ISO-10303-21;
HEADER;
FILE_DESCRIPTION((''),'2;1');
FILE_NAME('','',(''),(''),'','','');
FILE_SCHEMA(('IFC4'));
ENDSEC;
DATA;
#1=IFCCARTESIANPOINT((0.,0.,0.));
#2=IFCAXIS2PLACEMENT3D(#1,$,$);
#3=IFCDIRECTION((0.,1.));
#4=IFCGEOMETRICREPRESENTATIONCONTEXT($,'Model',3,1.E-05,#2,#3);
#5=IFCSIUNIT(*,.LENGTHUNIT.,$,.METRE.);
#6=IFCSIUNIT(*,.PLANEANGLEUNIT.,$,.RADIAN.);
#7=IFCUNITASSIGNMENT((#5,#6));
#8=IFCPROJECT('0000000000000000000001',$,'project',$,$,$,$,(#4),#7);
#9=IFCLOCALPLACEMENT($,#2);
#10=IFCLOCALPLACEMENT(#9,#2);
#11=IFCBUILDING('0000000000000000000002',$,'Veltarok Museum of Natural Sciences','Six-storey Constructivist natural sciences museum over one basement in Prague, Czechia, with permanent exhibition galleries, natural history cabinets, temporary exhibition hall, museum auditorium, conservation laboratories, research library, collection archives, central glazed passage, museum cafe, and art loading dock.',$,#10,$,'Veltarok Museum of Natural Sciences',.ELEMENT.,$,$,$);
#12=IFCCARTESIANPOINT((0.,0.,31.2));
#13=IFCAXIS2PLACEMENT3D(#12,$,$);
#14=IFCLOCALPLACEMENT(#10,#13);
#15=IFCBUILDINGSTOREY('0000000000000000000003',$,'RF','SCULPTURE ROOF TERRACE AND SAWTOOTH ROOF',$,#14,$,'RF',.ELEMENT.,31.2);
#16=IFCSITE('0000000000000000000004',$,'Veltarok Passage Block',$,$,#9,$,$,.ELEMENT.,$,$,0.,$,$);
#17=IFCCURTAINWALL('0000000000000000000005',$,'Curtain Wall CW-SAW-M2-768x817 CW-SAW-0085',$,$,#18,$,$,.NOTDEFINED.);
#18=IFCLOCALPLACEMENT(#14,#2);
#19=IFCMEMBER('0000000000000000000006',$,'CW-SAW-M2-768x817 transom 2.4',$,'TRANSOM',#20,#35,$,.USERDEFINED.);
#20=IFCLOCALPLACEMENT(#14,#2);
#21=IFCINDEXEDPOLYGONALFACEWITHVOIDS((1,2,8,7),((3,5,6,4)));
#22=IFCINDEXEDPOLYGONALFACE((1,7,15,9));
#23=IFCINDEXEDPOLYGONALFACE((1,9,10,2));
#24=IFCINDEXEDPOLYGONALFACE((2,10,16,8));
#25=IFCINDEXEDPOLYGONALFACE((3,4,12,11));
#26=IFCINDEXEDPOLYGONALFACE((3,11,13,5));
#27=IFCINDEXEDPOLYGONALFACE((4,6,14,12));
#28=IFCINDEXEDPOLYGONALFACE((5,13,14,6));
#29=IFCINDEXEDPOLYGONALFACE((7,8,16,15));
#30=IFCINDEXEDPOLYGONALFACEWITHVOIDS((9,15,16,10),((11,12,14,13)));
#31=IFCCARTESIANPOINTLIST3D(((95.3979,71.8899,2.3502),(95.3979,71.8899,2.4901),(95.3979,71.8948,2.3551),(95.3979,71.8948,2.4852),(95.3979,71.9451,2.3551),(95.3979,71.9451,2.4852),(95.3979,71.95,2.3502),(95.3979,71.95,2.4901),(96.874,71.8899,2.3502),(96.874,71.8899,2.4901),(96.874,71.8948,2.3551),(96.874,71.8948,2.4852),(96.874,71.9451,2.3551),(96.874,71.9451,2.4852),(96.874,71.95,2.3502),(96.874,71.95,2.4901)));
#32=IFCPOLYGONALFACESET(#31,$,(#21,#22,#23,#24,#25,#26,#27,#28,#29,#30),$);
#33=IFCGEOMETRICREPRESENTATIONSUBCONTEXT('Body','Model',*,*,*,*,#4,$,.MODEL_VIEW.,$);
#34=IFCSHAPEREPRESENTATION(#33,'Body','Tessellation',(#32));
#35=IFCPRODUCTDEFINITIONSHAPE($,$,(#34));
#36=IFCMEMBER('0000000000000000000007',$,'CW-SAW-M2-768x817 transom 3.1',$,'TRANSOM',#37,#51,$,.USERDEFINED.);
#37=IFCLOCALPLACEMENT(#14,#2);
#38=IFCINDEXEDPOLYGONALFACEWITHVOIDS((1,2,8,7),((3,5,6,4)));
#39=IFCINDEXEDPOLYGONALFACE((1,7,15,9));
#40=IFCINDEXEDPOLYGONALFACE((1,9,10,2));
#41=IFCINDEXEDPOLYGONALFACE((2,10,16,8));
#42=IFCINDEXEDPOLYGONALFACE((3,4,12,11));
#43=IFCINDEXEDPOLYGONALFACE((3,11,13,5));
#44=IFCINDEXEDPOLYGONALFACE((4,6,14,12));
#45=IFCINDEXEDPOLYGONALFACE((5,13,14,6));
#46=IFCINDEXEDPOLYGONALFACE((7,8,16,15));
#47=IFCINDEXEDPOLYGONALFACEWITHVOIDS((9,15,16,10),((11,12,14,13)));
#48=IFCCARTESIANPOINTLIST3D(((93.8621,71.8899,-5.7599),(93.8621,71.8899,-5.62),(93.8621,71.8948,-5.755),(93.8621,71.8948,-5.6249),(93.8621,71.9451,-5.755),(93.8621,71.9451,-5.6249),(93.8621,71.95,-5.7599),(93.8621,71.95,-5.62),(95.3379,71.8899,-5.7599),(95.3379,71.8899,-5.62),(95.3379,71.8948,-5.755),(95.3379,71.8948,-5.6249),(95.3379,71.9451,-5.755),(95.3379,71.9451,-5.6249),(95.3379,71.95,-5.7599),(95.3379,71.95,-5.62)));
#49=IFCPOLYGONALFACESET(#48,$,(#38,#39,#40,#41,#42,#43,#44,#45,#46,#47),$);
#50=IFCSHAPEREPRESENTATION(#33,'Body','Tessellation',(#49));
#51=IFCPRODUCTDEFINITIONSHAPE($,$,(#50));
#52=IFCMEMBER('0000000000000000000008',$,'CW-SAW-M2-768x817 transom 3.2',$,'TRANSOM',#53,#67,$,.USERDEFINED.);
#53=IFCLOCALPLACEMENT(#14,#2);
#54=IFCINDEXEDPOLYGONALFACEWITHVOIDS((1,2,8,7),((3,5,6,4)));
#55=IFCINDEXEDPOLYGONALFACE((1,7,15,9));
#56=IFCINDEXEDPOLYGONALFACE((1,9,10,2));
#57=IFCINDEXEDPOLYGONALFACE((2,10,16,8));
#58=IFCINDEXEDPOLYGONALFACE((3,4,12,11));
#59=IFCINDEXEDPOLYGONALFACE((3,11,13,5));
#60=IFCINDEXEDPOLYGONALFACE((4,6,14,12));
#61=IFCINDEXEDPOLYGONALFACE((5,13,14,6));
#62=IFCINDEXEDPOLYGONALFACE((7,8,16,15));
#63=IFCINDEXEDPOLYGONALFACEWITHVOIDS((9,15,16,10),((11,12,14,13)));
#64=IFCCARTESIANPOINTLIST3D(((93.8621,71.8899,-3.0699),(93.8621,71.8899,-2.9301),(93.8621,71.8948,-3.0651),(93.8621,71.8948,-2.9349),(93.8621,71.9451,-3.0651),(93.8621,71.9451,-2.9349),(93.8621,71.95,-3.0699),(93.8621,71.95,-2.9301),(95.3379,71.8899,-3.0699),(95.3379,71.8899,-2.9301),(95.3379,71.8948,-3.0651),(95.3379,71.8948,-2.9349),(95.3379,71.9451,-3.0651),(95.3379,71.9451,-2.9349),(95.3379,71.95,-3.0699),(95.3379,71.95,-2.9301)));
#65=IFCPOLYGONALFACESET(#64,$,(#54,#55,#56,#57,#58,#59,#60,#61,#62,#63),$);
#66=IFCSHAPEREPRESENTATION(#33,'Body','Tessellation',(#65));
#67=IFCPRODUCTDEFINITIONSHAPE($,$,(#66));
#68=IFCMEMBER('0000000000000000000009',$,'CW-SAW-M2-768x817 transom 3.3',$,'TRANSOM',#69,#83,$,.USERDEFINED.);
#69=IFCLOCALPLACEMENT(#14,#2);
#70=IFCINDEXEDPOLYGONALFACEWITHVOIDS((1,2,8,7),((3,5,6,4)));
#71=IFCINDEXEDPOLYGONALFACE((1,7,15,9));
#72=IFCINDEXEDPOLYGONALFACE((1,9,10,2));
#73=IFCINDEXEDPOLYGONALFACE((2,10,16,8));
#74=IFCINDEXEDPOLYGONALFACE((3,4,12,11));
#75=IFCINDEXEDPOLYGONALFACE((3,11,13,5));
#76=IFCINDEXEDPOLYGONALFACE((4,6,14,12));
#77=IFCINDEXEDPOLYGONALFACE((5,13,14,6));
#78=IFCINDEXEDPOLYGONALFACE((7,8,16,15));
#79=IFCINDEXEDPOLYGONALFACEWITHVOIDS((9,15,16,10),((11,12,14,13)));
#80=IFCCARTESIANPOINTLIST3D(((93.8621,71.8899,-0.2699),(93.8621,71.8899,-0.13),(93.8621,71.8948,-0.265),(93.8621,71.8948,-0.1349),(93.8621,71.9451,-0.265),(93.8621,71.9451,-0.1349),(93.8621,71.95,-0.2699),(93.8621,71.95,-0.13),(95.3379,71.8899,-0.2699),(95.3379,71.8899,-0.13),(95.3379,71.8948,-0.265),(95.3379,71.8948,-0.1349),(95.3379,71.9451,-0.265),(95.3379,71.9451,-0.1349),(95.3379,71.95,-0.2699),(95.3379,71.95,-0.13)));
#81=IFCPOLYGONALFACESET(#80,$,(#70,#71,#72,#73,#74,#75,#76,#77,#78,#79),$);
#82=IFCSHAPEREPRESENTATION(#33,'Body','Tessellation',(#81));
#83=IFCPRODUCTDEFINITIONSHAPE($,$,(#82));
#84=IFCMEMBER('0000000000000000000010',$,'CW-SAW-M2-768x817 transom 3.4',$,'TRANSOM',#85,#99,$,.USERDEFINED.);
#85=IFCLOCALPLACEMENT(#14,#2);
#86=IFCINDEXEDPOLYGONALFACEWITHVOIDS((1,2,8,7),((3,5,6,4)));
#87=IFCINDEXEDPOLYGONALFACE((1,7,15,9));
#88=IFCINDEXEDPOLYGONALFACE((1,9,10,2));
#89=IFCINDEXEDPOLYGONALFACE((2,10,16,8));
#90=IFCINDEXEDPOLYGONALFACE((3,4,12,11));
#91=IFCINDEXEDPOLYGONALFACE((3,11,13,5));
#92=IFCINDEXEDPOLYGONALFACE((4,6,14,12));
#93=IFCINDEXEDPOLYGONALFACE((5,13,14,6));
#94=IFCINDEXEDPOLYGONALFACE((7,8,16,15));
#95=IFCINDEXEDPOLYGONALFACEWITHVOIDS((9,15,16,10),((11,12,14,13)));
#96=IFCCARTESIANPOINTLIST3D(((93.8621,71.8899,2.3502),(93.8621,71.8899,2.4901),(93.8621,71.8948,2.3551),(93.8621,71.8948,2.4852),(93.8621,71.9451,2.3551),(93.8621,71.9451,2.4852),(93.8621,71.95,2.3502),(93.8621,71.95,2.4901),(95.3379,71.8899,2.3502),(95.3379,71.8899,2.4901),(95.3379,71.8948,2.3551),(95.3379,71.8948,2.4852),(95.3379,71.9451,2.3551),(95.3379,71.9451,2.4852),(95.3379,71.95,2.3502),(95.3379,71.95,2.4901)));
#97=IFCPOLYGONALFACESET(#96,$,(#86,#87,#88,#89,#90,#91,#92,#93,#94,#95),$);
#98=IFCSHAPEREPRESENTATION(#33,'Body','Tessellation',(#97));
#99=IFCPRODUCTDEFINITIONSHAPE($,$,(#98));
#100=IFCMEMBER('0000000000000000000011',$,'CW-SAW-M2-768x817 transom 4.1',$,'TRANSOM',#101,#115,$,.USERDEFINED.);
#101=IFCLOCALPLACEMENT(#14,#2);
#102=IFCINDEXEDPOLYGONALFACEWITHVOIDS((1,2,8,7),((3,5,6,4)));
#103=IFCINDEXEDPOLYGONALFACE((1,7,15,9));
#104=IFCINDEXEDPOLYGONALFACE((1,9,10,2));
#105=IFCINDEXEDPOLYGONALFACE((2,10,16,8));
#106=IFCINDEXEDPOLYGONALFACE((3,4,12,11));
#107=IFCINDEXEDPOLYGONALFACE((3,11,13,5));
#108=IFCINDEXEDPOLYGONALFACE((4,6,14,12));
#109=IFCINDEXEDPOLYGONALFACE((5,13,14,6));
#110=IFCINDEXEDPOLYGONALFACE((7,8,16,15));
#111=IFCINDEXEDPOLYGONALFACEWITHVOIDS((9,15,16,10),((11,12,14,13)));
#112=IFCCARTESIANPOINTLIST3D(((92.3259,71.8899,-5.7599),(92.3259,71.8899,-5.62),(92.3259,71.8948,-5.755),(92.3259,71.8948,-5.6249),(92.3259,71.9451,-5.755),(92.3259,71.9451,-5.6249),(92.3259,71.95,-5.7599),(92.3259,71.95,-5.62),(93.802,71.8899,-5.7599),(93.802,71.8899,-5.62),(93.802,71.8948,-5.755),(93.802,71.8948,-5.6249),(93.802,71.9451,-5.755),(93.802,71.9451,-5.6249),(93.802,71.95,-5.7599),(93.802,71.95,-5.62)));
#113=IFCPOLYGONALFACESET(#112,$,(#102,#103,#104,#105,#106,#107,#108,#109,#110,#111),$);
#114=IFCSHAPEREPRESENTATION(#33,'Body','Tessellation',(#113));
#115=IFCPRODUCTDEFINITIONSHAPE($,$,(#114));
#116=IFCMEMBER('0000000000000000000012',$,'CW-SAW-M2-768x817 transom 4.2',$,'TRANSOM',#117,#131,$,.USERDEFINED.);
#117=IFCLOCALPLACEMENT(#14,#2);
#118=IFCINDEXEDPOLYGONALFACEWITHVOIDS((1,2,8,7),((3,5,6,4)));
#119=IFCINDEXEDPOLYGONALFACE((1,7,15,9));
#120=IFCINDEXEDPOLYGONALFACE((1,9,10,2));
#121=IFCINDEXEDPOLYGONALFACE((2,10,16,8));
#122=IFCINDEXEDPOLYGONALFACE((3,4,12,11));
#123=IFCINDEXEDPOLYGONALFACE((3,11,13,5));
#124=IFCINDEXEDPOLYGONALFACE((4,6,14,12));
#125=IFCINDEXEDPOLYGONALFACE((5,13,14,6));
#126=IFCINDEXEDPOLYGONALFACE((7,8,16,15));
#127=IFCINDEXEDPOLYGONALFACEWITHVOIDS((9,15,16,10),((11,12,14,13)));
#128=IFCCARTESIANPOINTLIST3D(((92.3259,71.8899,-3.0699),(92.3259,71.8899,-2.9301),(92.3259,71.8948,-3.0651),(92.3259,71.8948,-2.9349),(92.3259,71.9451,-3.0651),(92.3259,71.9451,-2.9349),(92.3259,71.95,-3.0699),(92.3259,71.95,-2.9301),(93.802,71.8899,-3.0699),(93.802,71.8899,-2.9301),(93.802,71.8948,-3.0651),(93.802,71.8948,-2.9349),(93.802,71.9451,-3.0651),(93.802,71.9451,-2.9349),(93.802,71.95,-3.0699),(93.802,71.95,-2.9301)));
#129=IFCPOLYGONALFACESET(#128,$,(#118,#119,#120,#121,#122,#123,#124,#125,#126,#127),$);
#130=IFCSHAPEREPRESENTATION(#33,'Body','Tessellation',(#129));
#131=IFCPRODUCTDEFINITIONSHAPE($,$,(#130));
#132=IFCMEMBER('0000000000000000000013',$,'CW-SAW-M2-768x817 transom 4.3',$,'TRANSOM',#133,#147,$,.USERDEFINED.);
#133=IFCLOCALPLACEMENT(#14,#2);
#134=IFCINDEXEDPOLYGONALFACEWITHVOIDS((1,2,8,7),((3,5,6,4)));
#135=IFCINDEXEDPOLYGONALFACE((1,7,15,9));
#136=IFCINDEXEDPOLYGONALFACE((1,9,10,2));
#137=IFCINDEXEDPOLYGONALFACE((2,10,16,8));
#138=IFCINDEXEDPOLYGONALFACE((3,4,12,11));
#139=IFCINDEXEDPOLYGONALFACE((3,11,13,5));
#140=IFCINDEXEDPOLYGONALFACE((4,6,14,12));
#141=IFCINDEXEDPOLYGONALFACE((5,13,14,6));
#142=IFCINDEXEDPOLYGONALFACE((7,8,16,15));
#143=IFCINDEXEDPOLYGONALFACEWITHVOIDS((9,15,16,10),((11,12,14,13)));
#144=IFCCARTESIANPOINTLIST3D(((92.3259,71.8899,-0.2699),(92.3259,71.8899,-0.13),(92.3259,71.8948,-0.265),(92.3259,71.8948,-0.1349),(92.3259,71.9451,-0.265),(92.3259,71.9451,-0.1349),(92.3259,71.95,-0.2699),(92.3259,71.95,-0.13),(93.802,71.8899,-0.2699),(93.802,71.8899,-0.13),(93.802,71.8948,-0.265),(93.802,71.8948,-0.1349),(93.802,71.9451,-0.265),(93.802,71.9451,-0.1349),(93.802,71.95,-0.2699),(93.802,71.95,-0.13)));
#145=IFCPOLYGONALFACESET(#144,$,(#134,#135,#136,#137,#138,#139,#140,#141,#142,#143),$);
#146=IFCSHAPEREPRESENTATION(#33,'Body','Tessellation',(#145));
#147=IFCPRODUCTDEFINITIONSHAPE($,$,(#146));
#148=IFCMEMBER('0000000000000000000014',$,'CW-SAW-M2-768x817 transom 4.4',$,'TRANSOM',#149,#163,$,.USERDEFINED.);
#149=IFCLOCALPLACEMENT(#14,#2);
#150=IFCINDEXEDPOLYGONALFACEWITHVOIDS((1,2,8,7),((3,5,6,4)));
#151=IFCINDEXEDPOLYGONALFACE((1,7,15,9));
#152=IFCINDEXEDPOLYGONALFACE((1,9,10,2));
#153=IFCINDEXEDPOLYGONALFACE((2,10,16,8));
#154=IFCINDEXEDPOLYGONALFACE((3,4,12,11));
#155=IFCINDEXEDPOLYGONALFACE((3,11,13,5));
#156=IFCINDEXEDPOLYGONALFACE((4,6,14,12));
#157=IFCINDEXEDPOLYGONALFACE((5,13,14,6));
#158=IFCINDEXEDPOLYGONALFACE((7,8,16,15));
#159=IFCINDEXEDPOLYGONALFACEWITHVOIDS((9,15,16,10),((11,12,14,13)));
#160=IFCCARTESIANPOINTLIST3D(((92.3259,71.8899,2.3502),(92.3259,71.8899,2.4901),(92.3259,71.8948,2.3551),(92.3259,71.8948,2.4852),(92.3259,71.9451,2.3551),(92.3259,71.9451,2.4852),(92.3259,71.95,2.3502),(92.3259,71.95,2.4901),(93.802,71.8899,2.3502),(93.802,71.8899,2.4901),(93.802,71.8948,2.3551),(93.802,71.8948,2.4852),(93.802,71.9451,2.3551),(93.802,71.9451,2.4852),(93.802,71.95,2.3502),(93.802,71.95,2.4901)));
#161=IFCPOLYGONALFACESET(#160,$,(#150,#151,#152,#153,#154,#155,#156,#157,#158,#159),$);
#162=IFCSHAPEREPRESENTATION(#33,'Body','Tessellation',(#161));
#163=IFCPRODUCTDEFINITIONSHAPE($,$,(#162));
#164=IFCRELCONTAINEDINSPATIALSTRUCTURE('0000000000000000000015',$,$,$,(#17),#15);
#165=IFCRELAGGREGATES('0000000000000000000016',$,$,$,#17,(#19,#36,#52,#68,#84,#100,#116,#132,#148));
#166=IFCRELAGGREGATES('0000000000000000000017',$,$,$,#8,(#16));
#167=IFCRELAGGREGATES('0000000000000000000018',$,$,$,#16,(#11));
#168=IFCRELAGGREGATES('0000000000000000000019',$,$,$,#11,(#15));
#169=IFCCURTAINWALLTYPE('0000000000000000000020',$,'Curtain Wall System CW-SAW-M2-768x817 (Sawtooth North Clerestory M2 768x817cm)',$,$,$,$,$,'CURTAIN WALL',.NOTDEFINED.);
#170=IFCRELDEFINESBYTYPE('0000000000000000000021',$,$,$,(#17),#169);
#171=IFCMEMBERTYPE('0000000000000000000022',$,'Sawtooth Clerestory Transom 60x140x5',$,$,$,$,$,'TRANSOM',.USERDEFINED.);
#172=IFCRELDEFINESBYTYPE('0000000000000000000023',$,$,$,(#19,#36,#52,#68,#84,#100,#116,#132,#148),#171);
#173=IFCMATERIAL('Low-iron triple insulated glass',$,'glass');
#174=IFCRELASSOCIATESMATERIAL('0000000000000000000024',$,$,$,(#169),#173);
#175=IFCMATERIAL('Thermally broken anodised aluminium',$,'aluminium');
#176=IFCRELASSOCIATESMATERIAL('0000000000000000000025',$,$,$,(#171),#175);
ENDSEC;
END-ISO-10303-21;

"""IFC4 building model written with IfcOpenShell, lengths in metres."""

from ifc_helpers import new_model, si_unit, direction, frame, origin, origin_2d, place, context, subcontext, project, spatial, hollow_rectangle, extrude, material, material_profile, profile_set, type_object, element, aggregate, save


model = new_model("IFC4")

# Units and contexts
model_context = context("Model", 3, precision=1e-05, world=origin(), true_north=direction((0.0, 1.0)))
body_context = subcontext(model_context, "Body", "Model", "MODEL_VIEW")
ifc_project = project(units=[si_unit("LENGTHUNIT", "METRE"), si_unit("PLANEANGLEUNIT", "RADIAN")], contexts=[model_context])

# Site, building, storey
site_placement = place(None, origin())
site = spatial("IfcSite", under=ifc_project, at=site_placement, Name="Veltarok Passage Block", CompositionType="ELEMENT", RefElevation=0.0)
building_placement = place(site_placement, origin())
building = spatial("IfcBuilding", under=site, at=building_placement, Name="Veltarok Museum of Natural Sciences", Description="Six-storey Constructivist natural sciences museum over one basement in Prague, Czechia, with permanent exhibition galleries, natural history cabinets, temporary exhibition hall, museum auditorium, conservation laboratories, research library, collection archives, central glazed passage, museum cafe, and art loading dock.", LongName="Veltarok Museum of Natural Sciences", CompositionType="ELEMENT")
storey_placement = place(building_placement, frame((0.0, 0.0, 31.2)))
storey = spatial("IfcBuildingStorey", under=building, at=storey_placement, Name="RF", Description="SCULPTURE ROOF TERRACE AND SAWTOOTH ROOF", LongName="RF", CompositionType="ELEMENT", Elevation=31.2)

# Curtain wall, members
ifc_material_1 = material(Name="Low-iron triple insulated glass", Category="glass")
curtain_wall_type = type_object("IfcCurtainWallType", Name="Curtain Wall System CW-SAW-M2-768x817 (Sawtooth North Clerestory M2 768x817cm)", ElementType="CURTAIN WALL", PredefinedType="NOTDEFINED", material=ifc_material_1)
curtain_wall_placement = place(storey_placement, origin())
curtain_wall = element("IfcCurtainWall", 1, at=curtain_wall_placement, inside=storey, type_object=curtain_wall_type, Name="Curtain Wall CW-SAW-M2-768x817 CW-SAW-0085", PredefinedType="NOTDEFINED")
ifc_material_2 = material(Name="Thermally broken anodised aluminium", Category="aluminium")
ifc_material_profile_1 = material_profile(ifc_material_2, hollow_rectangle(XDim=0.0601, YDim=0.1399, WallThickness=0.0049, at=origin_2d()), Name="CW TRANSOM 60x140x5")
ifc_profile_set_1 = profile_set([ifc_material_profile_1], Name="Thermally broken anodised aluminium")
member_type_1 = type_object("IfcMemberType", Name="Sawtooth Clerestory Transom 60x140x5", ElementType="TRANSOM", PredefinedType="USERDEFINED", material=ifc_profile_set_1)
member_1_placement = place(storey_placement, frame((96.874, 71.9199, 2.4202), z_axis=(-1.0, 0.0, 0.0), x_axis=(0.0, -1.0, 0.0)))
member_1 = element("IfcMember", 2, at=member_1_placement, type_object=member_type_1, Name="CW-SAW-M2-768x817 transom 2.4", ObjectType="TRANSOM", PredefinedType="USERDEFINED", context=body_context, shape_type="SweptSolid", body=[
    extrude(hollow_rectangle(XDim=0.0601, YDim=0.1399, WallThickness=0.0049, at=origin_2d()), origin(), (0.0, 0.0, 1.0), 1.4761),
])
member_2_placement = place(storey_placement, frame((95.3379, 71.9199, -5.6899), z_axis=(-1.0, 0.0, 0.0), x_axis=(0.0, -1.0, 0.0)))
member_2 = element("IfcMember", 3, at=member_2_placement, type_object=member_type_1, Name="CW-SAW-M2-768x817 transom 3.1", ObjectType="TRANSOM", PredefinedType="USERDEFINED", context=body_context, shape_type="SweptSolid", body=[
    extrude(hollow_rectangle(XDim=0.0601, YDim=0.1399, WallThickness=0.0049, at=origin_2d()), origin(), (0.0, 0.0, 1.0), 1.4758),
])
member_3_placement = place(storey_placement, frame((95.3379, 71.9199, -3.0), z_axis=(-1.0, 0.0, 0.0), x_axis=(0.0, -1.0, 0.0)))
member_3 = element("IfcMember", 4, at=member_3_placement, type_object=member_type_1, Name="CW-SAW-M2-768x817 transom 3.2", ObjectType="TRANSOM", PredefinedType="USERDEFINED", context=body_context, shape_type="SweptSolid", body=[
    extrude(hollow_rectangle(XDim=0.0601, YDim=0.1399, WallThickness=0.0049, at=origin_2d()), origin(), (0.0, 0.0, 1.0), 1.4758),
])
member_4_placement = place(storey_placement, frame((95.3379, 71.9199, -0.2), z_axis=(-1.0, 0.0, 0.0), x_axis=(0.0, -1.0, 0.0)))
member_4 = element("IfcMember", 5, at=member_4_placement, type_object=member_type_1, Name="CW-SAW-M2-768x817 transom 3.3", ObjectType="TRANSOM", PredefinedType="USERDEFINED", context=body_context, shape_type="SweptSolid", body=[
    extrude(hollow_rectangle(XDim=0.0601, YDim=0.1399, WallThickness=0.0049, at=origin_2d()), origin(), (0.0, 0.0, 1.0), 1.4758),
])
member_5_placement = place(storey_placement, frame((95.3379, 71.9199, 2.4202), z_axis=(-1.0, 0.0, 0.0), x_axis=(0.0, -1.0, 0.0)))
member_5 = element("IfcMember", 6, at=member_5_placement, type_object=member_type_1, Name="CW-SAW-M2-768x817 transom 3.4", ObjectType="TRANSOM", PredefinedType="USERDEFINED", context=body_context, shape_type="SweptSolid", body=[
    extrude(hollow_rectangle(XDim=0.0601, YDim=0.1399, WallThickness=0.0049, at=origin_2d()), origin(), (0.0, 0.0, 1.0), 1.4758),
])
member_6_placement = place(storey_placement, frame((93.802, 71.9199, -5.6899), z_axis=(-1.0, 0.0, 0.0), x_axis=(0.0, -1.0, 0.0)))
member_6 = element("IfcMember", 7, at=member_6_placement, type_object=member_type_1, Name="CW-SAW-M2-768x817 transom 4.1", ObjectType="TRANSOM", PredefinedType="USERDEFINED", context=body_context, shape_type="SweptSolid", body=[
    extrude(hollow_rectangle(XDim=0.0601, YDim=0.1399, WallThickness=0.0049, at=origin_2d()), origin(), (0.0, 0.0, 1.0), 1.4761),
])
member_7_placement = place(storey_placement, frame((93.802, 71.9199, -3.0), z_axis=(-1.0, 0.0, 0.0), x_axis=(0.0, -1.0, 0.0)))
member_7 = element("IfcMember", 8, at=member_7_placement, type_object=member_type_1, Name="CW-SAW-M2-768x817 transom 4.2", ObjectType="TRANSOM", PredefinedType="USERDEFINED", context=body_context, shape_type="SweptSolid", body=[
    extrude(hollow_rectangle(XDim=0.0601, YDim=0.1399, WallThickness=0.0049, at=origin_2d()), origin(), (0.0, 0.0, 1.0), 1.4761),
])
member_8_placement = place(storey_placement, frame((93.802, 71.9199, -0.2), z_axis=(-1.0, 0.0, 0.0), x_axis=(0.0, -1.0, 0.0)))
member_8 = element("IfcMember", 9, at=member_8_placement, type_object=member_type_1, Name="CW-SAW-M2-768x817 transom 4.3", ObjectType="TRANSOM", PredefinedType="USERDEFINED", context=body_context, shape_type="SweptSolid", body=[
    extrude(hollow_rectangle(XDim=0.0601, YDim=0.1399, WallThickness=0.0049, at=origin_2d()), origin(), (0.0, 0.0, 1.0), 1.4761),
])
member_9_placement = place(storey_placement, frame((93.802, 71.9199, 2.4202), z_axis=(-1.0, 0.0, 0.0), x_axis=(0.0, -1.0, 0.0)))
member_9 = element("IfcMember", 10, at=member_9_placement, type_object=member_type_1, Name="CW-SAW-M2-768x817 transom 4.4", ObjectType="TRANSOM", PredefinedType="USERDEFINED", context=body_context, shape_type="SweptSolid", body=[
    extrude(hollow_rectangle(XDim=0.0601, YDim=0.1399, WallThickness=0.0049, at=origin_2d()), origin(), (0.0, 0.0, 1.0), 1.4761),
])

aggregate(curtain_wall, [member_1, member_2, member_3, member_4, member_5, member_6, member_7, member_8, member_9])

save(model, "model.ifc")
